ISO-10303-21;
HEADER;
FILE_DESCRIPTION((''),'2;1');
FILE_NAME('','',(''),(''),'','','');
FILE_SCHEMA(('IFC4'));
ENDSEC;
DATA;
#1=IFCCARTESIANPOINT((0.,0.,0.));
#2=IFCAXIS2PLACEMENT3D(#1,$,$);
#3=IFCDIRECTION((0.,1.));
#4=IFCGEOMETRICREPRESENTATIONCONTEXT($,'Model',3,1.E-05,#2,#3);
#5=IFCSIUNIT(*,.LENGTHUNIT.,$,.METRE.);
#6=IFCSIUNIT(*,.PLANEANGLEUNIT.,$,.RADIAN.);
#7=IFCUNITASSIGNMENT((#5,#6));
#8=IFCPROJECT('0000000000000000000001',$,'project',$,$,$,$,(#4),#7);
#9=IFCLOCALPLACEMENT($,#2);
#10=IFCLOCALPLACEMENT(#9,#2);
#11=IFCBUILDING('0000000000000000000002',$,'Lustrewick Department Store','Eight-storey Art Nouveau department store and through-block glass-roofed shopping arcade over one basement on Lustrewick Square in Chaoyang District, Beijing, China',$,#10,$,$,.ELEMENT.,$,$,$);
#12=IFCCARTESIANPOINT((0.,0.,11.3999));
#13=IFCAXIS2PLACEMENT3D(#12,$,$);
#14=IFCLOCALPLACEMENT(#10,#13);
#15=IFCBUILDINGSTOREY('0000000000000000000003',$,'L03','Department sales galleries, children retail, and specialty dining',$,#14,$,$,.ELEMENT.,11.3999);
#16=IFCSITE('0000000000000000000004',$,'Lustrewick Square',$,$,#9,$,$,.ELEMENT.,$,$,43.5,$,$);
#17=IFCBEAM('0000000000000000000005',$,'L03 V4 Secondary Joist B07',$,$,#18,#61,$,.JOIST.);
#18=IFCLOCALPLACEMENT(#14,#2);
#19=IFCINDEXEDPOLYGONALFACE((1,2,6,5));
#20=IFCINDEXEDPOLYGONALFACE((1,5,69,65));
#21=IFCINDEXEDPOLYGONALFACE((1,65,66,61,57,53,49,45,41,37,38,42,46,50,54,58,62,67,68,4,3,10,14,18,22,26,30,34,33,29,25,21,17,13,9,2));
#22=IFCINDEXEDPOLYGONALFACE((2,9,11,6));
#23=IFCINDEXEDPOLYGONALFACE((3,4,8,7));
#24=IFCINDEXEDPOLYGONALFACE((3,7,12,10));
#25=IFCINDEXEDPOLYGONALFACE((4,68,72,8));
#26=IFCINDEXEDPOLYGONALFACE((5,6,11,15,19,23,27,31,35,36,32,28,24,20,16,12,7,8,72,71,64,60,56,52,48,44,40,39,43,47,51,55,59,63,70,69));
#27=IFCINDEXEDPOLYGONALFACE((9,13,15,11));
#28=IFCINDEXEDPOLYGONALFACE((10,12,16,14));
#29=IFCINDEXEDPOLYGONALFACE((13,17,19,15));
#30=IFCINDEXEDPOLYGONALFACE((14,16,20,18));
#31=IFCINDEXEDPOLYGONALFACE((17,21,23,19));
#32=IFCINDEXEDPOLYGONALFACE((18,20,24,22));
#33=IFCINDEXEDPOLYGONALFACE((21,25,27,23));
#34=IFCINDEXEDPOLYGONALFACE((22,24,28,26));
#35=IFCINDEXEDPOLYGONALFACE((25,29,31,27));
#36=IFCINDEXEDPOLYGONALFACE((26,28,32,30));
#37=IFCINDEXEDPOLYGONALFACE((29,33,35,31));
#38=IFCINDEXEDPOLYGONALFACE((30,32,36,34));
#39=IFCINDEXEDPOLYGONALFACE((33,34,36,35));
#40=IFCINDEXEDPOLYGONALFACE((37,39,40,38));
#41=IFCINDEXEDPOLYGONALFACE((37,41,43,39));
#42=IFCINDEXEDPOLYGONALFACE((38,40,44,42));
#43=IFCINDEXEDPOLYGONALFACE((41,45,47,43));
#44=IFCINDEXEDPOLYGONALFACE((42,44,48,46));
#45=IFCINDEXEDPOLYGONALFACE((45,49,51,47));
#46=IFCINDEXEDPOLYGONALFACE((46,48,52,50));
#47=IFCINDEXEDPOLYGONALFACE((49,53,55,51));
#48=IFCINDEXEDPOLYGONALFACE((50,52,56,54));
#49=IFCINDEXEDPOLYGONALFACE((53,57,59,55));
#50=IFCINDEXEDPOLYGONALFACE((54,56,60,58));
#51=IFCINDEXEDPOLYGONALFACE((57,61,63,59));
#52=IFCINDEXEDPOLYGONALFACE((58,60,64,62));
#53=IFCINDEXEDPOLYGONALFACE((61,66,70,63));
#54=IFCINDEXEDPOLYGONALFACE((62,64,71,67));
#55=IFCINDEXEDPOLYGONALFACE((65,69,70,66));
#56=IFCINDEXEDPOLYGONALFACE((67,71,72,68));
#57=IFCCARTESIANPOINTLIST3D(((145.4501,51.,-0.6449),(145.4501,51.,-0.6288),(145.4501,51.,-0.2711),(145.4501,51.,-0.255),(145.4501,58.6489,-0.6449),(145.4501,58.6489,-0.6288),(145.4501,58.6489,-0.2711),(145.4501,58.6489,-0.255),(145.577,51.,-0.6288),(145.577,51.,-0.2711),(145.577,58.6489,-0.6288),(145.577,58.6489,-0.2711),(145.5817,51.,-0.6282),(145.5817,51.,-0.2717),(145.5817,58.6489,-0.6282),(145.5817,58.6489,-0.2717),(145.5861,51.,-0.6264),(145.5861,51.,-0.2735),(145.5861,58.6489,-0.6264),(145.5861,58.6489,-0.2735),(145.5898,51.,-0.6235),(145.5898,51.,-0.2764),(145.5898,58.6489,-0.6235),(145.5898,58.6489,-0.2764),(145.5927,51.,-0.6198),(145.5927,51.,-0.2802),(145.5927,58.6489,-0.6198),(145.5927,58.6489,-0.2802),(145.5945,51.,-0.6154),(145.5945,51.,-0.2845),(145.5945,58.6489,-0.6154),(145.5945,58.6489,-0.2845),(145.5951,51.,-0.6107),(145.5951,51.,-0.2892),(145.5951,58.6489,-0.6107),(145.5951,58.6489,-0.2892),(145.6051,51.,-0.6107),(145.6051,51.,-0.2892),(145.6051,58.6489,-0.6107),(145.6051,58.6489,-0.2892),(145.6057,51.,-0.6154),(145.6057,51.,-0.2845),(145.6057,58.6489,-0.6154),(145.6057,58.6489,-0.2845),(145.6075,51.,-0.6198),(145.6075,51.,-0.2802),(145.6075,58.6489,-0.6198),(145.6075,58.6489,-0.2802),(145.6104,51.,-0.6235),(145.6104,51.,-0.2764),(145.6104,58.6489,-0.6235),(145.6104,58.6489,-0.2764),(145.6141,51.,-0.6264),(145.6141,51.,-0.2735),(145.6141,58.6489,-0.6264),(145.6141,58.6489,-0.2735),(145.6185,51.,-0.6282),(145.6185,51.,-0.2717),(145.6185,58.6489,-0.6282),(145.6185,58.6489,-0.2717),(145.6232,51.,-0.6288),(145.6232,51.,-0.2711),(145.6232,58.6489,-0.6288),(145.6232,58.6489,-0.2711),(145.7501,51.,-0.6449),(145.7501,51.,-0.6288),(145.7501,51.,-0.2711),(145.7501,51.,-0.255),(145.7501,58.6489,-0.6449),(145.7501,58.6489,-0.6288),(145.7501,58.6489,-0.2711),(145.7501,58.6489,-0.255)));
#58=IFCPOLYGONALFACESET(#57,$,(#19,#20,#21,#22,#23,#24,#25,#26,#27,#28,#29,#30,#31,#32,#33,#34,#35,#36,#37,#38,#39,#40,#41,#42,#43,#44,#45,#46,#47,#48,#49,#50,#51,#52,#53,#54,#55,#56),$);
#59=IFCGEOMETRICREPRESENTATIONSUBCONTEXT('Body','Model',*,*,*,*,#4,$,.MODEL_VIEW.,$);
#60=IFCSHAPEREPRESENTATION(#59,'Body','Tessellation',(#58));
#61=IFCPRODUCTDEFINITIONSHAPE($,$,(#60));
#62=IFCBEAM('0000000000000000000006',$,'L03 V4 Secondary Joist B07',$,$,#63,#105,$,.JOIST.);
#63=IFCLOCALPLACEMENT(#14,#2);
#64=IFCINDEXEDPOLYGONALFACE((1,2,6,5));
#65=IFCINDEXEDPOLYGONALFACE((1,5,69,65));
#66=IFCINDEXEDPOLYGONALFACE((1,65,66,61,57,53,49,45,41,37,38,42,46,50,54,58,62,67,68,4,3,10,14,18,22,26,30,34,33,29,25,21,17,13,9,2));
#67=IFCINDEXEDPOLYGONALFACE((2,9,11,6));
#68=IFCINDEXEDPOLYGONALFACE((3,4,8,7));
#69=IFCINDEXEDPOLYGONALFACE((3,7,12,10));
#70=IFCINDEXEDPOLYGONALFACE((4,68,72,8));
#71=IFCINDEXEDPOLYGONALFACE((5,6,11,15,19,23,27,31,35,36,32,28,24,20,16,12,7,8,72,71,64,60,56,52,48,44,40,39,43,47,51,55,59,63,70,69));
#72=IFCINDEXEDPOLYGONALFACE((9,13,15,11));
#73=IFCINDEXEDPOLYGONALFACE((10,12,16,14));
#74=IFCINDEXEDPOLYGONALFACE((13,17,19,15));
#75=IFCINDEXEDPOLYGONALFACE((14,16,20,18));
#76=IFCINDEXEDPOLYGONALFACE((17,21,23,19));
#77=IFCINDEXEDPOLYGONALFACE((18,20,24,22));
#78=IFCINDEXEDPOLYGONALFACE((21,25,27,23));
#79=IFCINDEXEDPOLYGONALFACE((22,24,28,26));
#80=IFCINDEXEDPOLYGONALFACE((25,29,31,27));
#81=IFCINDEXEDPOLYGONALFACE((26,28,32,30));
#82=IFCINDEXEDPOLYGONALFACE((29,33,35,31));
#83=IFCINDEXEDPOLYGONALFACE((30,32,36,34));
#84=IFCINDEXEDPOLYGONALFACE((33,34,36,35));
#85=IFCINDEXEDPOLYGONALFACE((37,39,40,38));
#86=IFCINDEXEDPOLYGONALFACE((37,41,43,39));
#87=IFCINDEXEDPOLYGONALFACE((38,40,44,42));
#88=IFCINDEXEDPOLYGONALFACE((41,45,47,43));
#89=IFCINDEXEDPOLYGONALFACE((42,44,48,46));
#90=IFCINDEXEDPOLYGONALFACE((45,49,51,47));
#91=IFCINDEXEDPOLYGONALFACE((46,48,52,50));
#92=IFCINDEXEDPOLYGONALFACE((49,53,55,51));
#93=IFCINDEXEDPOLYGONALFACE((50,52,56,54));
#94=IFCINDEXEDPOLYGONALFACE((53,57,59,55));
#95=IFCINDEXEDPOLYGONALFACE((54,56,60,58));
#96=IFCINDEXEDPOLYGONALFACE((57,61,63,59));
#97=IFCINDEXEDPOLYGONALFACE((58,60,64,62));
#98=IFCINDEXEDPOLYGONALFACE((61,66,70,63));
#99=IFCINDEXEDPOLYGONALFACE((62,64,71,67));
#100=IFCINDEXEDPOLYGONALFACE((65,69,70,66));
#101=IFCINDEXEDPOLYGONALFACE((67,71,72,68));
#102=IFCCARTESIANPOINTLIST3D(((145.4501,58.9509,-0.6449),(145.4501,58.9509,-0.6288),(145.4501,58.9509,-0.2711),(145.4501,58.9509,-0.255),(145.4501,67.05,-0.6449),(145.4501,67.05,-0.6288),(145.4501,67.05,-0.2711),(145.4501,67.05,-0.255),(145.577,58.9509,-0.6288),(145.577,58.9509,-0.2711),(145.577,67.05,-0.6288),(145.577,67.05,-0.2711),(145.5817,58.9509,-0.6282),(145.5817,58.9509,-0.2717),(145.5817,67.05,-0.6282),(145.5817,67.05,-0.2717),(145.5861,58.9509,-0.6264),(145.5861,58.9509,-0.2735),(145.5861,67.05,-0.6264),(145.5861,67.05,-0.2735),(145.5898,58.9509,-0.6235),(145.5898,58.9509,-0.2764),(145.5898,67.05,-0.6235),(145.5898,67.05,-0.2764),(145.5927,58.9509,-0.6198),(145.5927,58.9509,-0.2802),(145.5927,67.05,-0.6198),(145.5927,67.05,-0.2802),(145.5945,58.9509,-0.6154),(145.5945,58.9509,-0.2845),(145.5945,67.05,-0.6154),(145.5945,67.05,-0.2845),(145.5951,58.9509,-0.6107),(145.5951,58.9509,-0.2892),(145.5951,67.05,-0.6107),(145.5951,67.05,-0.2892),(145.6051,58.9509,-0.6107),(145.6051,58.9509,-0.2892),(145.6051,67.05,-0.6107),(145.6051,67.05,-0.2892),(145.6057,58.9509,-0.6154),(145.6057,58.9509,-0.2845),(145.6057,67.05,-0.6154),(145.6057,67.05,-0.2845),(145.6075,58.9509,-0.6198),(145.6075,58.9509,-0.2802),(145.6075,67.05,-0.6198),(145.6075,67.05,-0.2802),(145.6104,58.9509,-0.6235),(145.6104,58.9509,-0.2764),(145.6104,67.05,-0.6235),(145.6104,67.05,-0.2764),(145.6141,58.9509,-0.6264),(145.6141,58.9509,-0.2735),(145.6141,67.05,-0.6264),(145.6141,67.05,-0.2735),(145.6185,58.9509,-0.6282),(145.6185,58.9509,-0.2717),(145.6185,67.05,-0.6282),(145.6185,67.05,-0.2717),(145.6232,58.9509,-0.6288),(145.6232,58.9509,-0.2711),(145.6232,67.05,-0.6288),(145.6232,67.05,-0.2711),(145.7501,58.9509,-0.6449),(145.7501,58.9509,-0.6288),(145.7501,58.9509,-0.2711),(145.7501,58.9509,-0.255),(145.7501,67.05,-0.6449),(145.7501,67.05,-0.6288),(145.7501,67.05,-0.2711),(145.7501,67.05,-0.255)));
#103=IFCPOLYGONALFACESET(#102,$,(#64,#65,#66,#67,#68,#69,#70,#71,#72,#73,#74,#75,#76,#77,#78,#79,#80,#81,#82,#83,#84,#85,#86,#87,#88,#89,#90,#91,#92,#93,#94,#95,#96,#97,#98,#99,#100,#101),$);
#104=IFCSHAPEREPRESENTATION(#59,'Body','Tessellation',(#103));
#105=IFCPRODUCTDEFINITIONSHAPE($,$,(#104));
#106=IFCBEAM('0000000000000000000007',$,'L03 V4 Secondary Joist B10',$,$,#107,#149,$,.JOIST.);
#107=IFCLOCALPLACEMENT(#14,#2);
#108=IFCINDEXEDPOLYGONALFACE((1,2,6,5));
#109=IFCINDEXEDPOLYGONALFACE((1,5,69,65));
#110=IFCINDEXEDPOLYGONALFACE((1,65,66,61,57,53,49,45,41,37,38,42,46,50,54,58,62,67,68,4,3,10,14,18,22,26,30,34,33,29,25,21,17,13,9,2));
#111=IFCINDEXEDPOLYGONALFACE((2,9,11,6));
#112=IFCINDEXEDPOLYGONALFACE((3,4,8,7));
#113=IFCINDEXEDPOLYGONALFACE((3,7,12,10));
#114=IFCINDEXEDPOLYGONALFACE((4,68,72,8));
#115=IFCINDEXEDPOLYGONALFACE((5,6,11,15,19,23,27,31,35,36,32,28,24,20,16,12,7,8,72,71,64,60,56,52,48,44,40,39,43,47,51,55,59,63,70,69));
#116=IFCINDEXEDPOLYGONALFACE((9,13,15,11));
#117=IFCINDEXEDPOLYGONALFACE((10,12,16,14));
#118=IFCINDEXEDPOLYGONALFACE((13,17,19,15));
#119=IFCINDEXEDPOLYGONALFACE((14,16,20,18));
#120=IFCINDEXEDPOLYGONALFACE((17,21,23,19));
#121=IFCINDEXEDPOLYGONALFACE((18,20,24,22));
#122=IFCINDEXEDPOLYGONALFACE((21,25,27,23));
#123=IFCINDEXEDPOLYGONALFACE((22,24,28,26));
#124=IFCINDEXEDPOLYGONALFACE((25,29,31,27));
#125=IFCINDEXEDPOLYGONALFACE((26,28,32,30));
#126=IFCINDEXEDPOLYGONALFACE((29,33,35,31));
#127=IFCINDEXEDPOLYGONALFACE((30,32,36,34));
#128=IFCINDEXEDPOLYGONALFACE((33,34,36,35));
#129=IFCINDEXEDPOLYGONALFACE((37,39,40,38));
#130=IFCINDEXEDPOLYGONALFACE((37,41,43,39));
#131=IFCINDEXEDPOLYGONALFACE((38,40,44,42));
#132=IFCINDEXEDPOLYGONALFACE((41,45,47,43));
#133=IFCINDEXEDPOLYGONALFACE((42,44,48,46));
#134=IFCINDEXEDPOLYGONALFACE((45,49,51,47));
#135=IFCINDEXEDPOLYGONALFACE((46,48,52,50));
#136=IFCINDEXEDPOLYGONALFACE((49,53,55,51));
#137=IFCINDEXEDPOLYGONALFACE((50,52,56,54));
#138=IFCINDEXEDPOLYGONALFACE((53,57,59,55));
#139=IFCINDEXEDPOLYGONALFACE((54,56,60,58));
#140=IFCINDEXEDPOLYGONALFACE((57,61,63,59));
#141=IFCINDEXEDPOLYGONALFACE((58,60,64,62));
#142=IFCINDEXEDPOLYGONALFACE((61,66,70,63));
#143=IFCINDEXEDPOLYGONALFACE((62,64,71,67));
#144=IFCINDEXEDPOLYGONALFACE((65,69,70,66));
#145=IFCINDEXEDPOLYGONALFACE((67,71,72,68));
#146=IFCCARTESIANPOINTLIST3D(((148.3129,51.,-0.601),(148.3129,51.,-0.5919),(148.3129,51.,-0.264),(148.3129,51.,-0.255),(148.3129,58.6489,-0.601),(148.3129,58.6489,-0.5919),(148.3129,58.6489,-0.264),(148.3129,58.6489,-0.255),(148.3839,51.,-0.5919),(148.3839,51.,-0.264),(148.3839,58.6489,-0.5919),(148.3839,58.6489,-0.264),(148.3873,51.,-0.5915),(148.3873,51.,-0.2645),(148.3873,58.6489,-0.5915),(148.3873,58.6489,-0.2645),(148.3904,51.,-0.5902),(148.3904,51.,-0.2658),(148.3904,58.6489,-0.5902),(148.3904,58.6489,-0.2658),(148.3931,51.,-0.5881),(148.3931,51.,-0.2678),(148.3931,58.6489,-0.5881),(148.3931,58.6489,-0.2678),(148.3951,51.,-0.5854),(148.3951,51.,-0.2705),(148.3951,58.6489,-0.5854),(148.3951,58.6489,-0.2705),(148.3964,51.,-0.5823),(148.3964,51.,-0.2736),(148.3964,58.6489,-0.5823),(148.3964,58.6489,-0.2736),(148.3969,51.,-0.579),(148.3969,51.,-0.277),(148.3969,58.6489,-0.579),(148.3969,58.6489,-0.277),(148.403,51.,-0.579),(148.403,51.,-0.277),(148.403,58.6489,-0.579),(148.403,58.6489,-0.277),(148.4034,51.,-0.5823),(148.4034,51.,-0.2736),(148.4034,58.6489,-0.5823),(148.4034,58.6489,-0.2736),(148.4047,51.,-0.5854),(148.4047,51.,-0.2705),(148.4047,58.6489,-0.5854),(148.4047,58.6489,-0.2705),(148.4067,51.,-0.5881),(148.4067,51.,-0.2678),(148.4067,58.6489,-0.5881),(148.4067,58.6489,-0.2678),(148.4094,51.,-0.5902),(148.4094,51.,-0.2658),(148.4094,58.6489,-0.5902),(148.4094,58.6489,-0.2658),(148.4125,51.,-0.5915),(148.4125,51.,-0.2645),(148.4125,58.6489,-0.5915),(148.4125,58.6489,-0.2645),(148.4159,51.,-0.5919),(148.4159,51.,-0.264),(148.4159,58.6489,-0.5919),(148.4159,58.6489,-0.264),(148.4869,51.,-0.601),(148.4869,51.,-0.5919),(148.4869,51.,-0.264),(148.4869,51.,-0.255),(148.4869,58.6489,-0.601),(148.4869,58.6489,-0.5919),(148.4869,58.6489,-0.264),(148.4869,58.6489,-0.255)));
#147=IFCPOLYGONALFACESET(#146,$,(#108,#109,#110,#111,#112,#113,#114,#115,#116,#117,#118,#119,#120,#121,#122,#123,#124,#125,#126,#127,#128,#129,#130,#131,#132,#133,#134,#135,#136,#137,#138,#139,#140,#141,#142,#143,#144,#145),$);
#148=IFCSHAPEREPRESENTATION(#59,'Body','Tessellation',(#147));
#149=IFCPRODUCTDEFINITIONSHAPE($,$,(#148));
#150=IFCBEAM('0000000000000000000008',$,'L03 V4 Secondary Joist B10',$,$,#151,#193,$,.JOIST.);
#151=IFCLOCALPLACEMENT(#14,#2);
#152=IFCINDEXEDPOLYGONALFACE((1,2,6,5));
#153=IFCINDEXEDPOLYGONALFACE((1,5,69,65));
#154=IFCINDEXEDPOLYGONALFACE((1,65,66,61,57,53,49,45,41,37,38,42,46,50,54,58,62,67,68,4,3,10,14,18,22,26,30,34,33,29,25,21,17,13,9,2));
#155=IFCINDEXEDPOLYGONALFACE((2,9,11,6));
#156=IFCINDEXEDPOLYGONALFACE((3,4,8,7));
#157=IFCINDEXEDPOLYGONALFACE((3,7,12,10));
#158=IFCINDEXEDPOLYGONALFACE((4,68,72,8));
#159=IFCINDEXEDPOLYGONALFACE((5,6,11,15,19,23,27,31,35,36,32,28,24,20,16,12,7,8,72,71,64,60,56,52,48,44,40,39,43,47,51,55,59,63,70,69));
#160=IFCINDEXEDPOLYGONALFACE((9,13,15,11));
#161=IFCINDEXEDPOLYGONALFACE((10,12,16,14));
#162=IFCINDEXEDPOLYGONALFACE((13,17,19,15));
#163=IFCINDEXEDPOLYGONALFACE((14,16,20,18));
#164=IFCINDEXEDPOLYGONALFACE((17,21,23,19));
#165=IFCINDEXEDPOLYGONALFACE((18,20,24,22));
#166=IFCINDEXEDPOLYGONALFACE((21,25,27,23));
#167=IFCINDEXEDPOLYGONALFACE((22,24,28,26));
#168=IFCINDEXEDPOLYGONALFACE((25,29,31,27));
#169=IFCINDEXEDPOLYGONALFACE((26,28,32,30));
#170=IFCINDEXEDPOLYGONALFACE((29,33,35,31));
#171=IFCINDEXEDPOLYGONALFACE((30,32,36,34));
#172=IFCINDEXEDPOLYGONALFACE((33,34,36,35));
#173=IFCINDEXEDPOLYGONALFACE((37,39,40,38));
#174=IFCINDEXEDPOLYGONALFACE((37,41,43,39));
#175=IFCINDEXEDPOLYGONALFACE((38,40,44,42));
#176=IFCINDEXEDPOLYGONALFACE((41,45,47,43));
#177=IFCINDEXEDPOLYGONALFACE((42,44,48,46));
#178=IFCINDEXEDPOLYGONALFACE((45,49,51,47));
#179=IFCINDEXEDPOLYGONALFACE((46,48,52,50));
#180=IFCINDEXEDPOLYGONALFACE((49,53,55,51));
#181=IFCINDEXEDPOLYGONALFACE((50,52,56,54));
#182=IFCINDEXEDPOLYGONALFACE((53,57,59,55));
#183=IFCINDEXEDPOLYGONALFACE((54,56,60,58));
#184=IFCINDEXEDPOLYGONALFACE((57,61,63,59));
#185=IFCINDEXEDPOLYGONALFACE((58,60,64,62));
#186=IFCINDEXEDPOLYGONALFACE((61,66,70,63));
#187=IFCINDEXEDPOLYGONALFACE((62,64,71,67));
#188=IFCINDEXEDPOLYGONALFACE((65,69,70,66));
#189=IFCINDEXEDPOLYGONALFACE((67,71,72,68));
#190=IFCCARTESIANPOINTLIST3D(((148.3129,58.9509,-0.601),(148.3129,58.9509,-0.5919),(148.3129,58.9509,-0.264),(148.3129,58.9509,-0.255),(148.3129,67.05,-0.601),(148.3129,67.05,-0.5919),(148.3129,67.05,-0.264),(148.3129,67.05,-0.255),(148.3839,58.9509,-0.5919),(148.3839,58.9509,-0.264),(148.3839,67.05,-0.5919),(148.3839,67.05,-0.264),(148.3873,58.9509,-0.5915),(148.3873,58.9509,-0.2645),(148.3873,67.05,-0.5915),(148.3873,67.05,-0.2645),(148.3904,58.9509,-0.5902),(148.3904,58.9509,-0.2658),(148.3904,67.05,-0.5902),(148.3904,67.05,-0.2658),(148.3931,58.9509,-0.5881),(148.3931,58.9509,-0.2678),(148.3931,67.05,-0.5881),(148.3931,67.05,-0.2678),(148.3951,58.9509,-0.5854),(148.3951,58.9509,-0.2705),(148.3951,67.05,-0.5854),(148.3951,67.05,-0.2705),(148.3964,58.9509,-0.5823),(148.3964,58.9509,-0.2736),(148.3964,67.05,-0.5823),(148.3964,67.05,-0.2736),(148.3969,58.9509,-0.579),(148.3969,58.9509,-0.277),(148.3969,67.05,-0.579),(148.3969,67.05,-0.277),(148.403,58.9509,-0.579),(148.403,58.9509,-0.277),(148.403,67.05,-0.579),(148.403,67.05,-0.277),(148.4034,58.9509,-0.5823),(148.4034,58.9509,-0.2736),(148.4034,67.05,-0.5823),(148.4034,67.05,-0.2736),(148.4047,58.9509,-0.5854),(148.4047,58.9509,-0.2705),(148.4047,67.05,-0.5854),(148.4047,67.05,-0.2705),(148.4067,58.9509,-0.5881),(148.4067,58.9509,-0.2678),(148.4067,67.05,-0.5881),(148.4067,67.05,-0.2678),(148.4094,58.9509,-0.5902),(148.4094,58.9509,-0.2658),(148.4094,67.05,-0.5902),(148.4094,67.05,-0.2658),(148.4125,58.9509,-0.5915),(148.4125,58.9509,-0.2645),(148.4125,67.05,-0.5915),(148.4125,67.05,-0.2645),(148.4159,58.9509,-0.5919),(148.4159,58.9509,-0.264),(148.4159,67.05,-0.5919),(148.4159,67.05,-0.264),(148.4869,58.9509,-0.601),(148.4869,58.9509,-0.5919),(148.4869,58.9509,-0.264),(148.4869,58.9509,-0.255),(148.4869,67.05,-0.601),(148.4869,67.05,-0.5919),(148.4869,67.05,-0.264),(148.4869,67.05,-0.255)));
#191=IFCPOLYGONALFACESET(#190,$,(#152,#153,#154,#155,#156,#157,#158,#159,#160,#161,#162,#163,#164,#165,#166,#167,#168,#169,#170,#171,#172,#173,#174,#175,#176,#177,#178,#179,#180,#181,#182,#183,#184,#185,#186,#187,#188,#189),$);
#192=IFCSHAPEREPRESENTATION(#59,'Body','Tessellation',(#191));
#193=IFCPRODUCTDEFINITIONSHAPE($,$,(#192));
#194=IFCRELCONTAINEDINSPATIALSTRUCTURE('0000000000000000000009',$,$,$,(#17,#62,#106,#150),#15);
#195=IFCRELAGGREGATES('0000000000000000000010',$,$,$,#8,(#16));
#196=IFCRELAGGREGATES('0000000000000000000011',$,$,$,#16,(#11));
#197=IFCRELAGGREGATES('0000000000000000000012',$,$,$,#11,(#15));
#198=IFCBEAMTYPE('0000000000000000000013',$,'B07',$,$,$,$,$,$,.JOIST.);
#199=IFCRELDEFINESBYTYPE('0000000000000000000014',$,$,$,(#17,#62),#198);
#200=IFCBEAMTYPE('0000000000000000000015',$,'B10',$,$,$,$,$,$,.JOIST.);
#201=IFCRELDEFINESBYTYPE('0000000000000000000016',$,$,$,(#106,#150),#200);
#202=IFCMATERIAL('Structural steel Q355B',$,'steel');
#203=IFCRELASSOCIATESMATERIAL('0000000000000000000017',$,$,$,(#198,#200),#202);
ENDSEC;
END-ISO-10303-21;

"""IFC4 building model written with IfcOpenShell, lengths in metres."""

from ifc_helpers import new_model, si_unit, direction, frame, origin, origin_2d, place, context, subcontext, project, spatial, i_section, extrude, material, material_profile, profile_set, type_object, element, save


model = new_model("IFC4")

# Units and contexts
model_context = context("Model", 3, precision=1e-05, world=origin(), true_north=direction((0.0, 1.0)))
body_context = subcontext(model_context, "Body", "Model", "MODEL_VIEW")
ifc_project = project(units=[si_unit("LENGTHUNIT", "METRE"), si_unit("PLANEANGLEUNIT", "RADIAN")], contexts=[model_context])

# Site, building, storey
site_placement = place(None, origin())
site = spatial("IfcSite", under=ifc_project, at=site_placement, Name="Lustrewick Square", CompositionType="ELEMENT", RefElevation=43.5)
building_placement = place(site_placement, origin())
building = spatial("IfcBuilding", under=site, at=building_placement, Name="Lustrewick Department Store", Description="Eight-storey Art Nouveau department store and through-block glass-roofed shopping arcade over one basement on Lustrewick Square in Chaoyang District, Beijing, China", CompositionType="ELEMENT")
storey_placement = place(building_placement, frame((0.0, 0.0, 11.3999)))
storey = spatial("IfcBuildingStorey", under=building, at=storey_placement, Name="L03", Description="Department sales galleries, children retail, and specialty dining", CompositionType="ELEMENT", Elevation=11.3999)

# Shared definitions
ifc_material_1 = material(Name="Structural steel Q355B", Category="steel")

# Beams
ifc_material_profile_1 = material_profile(ifc_material_1, i_section(OverallWidth=0.3, OverallDepth=0.3899, WebThickness=0.01, FlangeThickness=0.0161, FilletRadius=0.0181, at=origin_2d()), Name="HM 390x300x10x16")
ifc_profile_set_1 = profile_set([ifc_material_profile_1], Name="Structural steel Q355B")
beam_type_1 = type_object("IfcBeamType", Name="B07", PredefinedType="JOIST", material=ifc_profile_set_1)
beam_1_placement = place(storey_placement, frame((145.6001, 51.0, -0.45), z_axis=(0.0, 1.0, 0.0), x_axis=(-1.0, 0.0, 0.0)))
element("IfcBeam", 1, at=beam_1_placement, inside=storey, type_object=beam_type_1, Name="L03 V4 Secondary Joist B07", PredefinedType="JOIST", context=body_context, shape_type="SweptSolid", body=[
    extrude(i_section(OverallWidth=0.3, OverallDepth=0.3899, WebThickness=0.01, FlangeThickness=0.0161, FilletRadius=0.0181, at=origin_2d()), origin(), (0.0, 0.0, 1.0), 7.6489),
])
beam_2_placement = place(storey_placement, frame((145.6001, 58.9509, -0.45), z_axis=(0.0, 1.0, 0.0), x_axis=(-1.0, 0.0, 0.0)))
element("IfcBeam", 2, at=beam_2_placement, inside=storey, type_object=beam_type_1, Name="L03 V4 Secondary Joist B07", PredefinedType="JOIST", context=body_context, shape_type="SweptSolid", body=[
    extrude(i_section(OverallWidth=0.3, OverallDepth=0.3899, WebThickness=0.01, FlangeThickness=0.0161, FilletRadius=0.0181, at=origin_2d()), origin(), (0.0, 0.0, 1.0), 8.0991),
])
ifc_material_profile_2 = material_profile(ifc_material_1, i_section(OverallWidth=0.1741, OverallDepth=0.3459, WebThickness=0.0061, FlangeThickness=0.009, FilletRadius=0.0129, at=origin_2d()), Name="HN 346x174x6x9")
ifc_profile_set_2 = profile_set([ifc_material_profile_2], Name="Structural steel Q355B")
beam_type_2 = type_object("IfcBeamType", Name="B10", PredefinedType="JOIST", material=ifc_profile_set_2)
beam_3_placement = place(storey_placement, frame((148.3999, 51.0, -0.428), z_axis=(0.0, 1.0, 0.0), x_axis=(-1.0, 0.0, 0.0)))
element("IfcBeam", 3, at=beam_3_placement, inside=storey, type_object=beam_type_2, Name="L03 V4 Secondary Joist B10", PredefinedType="JOIST", context=body_context, shape_type="SweptSolid", body=[
    extrude(i_section(OverallWidth=0.1741, OverallDepth=0.3459, WebThickness=0.0061, FlangeThickness=0.009, FilletRadius=0.0129, at=origin_2d()), origin(), (0.0, 0.0, 1.0), 7.6489),
])
beam_4_placement = place(storey_placement, frame((148.3999, 58.9509, -0.428), z_axis=(0.0, 1.0, 0.0), x_axis=(-1.0, 0.0, 0.0)))
element("IfcBeam", 4, at=beam_4_placement, inside=storey, type_object=beam_type_2, Name="L03 V4 Secondary Joist B10", PredefinedType="JOIST", context=body_context, shape_type="SweptSolid", body=[
    extrude(i_section(OverallWidth=0.1741, OverallDepth=0.3459, WebThickness=0.0061, FlangeThickness=0.009, FilletRadius=0.0129, at=origin_2d()), origin(), (0.0, 0.0, 1.0), 8.0991),
])

save(model, "model.ifc")
